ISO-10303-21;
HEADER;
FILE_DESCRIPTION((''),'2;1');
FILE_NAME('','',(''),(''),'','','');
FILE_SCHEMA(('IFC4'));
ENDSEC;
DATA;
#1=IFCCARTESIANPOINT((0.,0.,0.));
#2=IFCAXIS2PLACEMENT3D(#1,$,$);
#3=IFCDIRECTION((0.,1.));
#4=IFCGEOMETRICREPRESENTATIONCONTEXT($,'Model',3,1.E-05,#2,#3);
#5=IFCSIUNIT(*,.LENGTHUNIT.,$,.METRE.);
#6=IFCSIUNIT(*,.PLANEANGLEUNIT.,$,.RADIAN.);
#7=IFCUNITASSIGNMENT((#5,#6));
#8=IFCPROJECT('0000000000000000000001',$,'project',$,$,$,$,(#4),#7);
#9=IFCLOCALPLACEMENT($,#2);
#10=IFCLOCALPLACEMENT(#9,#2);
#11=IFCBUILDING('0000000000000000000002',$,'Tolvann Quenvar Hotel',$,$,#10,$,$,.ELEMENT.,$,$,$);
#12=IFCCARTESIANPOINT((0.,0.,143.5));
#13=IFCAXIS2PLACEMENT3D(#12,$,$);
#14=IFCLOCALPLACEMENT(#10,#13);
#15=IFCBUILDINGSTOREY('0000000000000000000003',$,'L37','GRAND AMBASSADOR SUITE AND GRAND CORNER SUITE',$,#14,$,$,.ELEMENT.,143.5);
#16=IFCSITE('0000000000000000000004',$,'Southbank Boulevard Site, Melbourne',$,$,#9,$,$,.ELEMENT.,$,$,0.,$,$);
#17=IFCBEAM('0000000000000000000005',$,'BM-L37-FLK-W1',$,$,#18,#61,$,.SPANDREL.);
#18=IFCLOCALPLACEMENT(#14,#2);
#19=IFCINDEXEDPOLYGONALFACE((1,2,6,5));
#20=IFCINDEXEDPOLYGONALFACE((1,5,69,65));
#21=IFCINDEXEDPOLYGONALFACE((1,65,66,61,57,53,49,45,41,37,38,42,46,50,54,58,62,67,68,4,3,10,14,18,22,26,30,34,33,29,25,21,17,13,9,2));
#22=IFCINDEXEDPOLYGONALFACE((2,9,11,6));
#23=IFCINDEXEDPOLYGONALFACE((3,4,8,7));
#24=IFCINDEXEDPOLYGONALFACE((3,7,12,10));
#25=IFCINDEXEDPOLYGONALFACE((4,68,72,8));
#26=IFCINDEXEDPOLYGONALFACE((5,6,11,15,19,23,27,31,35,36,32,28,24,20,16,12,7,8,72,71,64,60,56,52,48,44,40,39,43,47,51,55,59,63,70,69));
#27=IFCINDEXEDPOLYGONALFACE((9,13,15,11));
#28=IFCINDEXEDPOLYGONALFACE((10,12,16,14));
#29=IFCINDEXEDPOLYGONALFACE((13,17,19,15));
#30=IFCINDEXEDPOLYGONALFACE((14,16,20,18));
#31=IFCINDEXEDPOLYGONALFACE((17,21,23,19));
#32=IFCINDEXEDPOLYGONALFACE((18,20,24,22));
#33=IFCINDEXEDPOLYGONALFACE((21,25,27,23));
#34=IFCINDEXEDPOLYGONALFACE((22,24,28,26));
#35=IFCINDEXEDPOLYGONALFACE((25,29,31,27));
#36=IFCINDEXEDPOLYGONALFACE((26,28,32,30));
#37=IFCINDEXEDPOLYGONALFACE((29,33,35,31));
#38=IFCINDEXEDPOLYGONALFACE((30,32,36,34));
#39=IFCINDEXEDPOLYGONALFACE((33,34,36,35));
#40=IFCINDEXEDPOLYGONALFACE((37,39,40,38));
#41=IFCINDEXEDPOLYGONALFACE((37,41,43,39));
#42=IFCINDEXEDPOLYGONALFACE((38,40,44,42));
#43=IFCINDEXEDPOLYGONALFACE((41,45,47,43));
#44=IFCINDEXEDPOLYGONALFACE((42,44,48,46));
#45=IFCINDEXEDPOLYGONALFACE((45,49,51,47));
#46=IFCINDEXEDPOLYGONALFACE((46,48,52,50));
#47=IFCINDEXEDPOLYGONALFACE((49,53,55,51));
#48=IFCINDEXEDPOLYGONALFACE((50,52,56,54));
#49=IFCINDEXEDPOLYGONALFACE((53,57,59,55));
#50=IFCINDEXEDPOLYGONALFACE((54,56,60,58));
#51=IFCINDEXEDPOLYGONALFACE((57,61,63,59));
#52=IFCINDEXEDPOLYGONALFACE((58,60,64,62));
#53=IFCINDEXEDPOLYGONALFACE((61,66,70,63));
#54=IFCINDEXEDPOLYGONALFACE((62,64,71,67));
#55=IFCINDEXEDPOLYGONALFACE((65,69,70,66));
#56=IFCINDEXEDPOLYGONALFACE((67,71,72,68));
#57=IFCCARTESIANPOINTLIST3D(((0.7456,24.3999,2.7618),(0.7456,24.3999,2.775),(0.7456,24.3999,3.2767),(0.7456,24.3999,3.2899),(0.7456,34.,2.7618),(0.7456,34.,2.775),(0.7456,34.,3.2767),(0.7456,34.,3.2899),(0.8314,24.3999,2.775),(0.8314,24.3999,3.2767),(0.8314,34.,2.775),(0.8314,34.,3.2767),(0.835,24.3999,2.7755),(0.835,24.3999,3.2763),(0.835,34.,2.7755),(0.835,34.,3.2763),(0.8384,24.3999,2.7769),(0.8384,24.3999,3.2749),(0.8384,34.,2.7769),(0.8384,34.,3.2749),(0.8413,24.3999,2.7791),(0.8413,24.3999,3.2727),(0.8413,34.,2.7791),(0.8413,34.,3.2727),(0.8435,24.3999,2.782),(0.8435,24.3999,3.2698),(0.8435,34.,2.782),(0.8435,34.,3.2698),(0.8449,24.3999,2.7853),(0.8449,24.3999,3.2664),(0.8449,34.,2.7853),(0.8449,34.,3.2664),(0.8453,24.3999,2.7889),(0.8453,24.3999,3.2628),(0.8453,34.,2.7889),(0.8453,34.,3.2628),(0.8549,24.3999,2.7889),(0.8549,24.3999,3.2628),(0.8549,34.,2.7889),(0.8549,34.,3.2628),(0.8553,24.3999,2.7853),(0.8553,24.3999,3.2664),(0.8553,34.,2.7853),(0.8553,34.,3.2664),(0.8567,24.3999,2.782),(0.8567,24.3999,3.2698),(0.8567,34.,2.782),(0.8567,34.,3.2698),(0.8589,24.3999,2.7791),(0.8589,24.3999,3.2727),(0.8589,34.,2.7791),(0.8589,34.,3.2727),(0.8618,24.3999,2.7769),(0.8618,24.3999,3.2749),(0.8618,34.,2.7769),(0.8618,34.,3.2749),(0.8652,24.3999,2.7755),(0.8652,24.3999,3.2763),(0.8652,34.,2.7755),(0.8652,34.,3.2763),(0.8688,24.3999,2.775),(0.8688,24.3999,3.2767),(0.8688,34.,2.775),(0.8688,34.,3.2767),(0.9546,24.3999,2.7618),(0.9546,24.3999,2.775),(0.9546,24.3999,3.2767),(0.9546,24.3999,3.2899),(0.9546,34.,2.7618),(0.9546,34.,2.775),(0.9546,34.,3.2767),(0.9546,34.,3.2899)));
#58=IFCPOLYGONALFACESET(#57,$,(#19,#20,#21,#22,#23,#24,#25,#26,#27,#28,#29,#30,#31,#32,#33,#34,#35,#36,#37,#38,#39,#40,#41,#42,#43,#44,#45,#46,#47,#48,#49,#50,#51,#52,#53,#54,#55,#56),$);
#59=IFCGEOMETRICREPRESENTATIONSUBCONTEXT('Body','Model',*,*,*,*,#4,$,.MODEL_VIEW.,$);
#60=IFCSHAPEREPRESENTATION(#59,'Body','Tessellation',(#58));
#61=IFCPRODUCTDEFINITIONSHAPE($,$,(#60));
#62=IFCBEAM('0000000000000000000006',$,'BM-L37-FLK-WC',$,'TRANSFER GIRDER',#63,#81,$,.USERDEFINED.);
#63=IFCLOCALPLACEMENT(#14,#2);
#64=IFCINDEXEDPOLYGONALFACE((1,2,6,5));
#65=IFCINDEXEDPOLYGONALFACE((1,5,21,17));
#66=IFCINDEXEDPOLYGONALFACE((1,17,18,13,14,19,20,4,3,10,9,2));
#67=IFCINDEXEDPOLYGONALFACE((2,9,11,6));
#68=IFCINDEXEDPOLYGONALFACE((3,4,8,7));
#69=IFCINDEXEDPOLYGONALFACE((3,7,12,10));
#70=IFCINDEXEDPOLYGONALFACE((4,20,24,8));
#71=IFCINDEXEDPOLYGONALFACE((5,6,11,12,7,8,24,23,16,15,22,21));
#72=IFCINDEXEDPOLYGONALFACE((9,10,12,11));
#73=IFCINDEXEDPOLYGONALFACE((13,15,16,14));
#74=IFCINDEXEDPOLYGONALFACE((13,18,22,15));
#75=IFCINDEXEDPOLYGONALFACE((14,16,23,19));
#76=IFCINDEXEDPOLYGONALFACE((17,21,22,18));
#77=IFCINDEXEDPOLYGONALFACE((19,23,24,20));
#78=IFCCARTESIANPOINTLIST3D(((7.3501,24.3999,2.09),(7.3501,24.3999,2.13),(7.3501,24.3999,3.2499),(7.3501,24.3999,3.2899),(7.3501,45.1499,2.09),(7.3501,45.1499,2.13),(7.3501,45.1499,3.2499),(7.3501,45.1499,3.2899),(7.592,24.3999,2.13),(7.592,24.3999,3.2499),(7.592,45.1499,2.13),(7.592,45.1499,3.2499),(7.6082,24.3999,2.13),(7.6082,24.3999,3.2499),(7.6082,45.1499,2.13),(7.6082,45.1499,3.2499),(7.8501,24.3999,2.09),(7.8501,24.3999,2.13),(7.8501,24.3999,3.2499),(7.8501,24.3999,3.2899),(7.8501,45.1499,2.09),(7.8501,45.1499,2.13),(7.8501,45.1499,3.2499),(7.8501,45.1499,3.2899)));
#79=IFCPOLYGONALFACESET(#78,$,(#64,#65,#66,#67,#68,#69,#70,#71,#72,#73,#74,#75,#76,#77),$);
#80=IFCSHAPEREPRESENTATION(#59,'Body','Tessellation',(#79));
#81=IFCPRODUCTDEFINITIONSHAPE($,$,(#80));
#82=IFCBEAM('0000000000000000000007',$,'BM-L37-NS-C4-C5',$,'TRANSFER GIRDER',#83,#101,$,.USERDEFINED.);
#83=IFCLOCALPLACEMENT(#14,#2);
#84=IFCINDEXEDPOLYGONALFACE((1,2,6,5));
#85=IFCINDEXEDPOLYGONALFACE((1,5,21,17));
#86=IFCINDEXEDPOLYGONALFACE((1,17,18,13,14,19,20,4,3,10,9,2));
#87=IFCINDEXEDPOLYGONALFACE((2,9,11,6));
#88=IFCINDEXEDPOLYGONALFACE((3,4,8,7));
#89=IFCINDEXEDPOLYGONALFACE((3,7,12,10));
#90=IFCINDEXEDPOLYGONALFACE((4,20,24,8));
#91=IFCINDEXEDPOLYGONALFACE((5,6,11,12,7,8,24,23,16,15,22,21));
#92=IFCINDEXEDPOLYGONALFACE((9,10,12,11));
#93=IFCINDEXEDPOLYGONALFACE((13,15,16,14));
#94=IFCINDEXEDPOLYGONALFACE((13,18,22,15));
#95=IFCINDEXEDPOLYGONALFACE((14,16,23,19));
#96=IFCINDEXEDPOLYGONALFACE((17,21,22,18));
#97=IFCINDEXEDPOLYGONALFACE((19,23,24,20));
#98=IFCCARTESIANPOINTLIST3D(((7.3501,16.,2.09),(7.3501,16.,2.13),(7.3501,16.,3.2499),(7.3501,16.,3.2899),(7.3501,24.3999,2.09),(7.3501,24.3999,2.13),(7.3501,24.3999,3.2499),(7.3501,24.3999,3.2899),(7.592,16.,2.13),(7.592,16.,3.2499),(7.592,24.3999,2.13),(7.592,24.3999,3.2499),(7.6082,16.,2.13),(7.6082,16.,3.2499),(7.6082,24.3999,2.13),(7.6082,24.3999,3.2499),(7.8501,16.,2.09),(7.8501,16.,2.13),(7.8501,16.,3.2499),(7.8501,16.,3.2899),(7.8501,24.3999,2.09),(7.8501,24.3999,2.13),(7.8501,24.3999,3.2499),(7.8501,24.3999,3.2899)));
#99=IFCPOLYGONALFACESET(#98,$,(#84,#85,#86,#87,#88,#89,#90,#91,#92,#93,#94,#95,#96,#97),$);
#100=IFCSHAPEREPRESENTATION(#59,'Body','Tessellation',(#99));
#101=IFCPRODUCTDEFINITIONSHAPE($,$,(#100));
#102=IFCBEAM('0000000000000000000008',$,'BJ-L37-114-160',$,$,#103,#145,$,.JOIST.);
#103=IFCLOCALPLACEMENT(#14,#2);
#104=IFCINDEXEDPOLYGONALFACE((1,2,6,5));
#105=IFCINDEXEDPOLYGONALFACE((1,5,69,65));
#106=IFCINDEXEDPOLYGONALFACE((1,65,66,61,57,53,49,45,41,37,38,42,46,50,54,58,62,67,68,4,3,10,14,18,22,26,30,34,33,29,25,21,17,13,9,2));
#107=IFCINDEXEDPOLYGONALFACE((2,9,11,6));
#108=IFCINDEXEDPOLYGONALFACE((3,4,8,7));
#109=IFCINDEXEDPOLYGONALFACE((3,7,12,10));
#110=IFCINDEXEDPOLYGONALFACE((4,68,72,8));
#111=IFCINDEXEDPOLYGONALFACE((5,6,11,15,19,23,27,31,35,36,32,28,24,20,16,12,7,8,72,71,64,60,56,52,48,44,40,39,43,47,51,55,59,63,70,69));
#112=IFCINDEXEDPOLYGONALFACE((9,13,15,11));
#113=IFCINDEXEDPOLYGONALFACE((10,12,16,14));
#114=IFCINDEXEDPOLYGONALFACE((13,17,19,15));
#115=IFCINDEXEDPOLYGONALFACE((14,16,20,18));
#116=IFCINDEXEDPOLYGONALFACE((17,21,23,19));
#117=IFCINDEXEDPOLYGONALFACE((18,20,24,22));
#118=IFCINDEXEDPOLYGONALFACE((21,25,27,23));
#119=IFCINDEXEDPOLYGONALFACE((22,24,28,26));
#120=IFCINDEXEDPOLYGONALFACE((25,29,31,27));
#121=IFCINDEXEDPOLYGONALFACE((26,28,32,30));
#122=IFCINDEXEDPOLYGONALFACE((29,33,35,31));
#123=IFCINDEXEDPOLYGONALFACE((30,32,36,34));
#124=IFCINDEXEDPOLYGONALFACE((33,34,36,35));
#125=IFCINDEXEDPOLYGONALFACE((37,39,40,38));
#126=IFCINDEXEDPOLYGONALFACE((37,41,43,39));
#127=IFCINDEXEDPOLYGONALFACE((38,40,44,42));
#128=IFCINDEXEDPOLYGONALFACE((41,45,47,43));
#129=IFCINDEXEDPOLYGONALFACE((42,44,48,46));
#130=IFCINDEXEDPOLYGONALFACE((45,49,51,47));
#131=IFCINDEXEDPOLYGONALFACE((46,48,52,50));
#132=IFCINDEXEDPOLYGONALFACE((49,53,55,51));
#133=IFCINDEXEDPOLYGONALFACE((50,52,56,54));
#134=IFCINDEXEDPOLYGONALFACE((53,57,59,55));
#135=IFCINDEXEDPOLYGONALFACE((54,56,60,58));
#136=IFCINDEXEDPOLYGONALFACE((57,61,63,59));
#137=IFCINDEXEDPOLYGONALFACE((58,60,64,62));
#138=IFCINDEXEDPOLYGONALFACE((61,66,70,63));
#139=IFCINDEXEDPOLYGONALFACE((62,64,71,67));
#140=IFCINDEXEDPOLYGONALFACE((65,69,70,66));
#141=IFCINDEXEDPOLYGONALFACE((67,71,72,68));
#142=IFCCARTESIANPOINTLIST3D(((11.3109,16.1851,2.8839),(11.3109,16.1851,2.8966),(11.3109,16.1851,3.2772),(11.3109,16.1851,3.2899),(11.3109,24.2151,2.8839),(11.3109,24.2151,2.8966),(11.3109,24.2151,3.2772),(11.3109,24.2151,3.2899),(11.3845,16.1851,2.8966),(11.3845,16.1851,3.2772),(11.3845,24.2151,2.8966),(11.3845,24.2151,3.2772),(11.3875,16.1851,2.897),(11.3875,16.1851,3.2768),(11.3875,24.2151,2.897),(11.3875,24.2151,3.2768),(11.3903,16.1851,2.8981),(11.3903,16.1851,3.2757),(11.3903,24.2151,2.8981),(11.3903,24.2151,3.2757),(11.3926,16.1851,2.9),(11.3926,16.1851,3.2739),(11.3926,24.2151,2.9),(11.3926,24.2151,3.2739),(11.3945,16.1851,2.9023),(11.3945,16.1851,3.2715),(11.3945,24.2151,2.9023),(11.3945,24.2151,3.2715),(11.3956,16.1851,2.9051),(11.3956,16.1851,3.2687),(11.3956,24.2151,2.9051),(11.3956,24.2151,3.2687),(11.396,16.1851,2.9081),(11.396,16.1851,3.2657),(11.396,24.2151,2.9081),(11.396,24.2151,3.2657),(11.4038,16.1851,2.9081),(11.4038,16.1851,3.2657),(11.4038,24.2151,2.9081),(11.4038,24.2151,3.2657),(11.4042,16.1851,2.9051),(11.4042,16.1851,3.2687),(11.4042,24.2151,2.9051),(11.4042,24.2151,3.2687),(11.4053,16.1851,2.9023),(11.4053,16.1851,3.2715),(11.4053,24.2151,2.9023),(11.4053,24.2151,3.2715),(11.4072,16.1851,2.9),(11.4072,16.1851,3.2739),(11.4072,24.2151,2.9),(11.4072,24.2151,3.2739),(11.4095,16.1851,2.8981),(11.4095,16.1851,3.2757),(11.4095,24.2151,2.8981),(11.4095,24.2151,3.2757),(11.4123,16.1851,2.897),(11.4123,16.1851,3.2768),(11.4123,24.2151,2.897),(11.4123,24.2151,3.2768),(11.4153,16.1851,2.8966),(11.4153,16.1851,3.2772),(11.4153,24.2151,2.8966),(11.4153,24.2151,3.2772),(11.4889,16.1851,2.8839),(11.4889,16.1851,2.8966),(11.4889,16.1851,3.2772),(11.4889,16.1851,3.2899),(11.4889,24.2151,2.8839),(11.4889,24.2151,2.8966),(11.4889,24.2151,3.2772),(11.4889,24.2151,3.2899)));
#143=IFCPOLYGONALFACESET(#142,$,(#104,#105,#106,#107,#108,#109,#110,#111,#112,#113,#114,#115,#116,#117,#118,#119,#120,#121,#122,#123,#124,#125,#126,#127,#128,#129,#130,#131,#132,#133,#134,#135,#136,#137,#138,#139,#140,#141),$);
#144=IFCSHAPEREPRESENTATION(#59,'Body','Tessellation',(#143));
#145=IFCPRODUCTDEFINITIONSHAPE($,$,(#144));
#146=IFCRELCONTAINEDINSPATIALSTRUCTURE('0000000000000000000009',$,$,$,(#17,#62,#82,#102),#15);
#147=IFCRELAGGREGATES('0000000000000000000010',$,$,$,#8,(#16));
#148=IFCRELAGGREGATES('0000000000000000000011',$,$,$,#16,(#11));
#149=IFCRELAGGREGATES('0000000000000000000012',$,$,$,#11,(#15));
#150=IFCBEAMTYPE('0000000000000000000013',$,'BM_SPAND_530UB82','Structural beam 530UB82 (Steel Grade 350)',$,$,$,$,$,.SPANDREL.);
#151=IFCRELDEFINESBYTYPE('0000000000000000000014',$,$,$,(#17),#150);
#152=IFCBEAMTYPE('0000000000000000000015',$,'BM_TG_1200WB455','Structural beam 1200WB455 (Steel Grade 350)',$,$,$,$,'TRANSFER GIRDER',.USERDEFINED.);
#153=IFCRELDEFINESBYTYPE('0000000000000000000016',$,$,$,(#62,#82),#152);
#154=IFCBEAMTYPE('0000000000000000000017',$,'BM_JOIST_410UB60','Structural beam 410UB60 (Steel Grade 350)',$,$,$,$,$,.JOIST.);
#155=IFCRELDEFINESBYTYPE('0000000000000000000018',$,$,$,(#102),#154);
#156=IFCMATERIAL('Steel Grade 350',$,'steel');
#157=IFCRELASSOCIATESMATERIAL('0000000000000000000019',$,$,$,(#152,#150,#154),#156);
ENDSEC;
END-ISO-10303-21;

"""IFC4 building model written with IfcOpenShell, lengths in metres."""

from ifc_helpers import new_model, si_unit, direction, frame, origin, origin_2d, place, context, subcontext, project, spatial, i_section, extrude, source, transform, mapped, material, material_profile, profile_set, type_object, type_shapes, element, save


model = new_model("IFC4")

# Units and contexts
model_context = context("Model", 3, precision=1e-05, world=origin(), true_north=direction((0.0, 1.0)))
body_context = subcontext(model_context, "Body", "Model", "MODEL_VIEW")
ifc_project = project(units=[si_unit("LENGTHUNIT", "METRE"), si_unit("PLANEANGLEUNIT", "RADIAN")], contexts=[model_context])

# Site, building, storey
site_placement = place(None, origin())
site = spatial("IfcSite", under=ifc_project, at=site_placement, Name="Southbank Boulevard Site, Melbourne", CompositionType="ELEMENT", RefElevation=0.0)
building_placement = place(site_placement, origin())
building = spatial("IfcBuilding", under=site, at=building_placement, Name="Tolvann Quenvar Hotel", CompositionType="ELEMENT")
storey_placement = place(building_placement, frame((0.0, 0.0, 143.5)))
storey = spatial("IfcBuildingStorey", under=building, at=storey_placement, Name="L37", Description="GRAND AMBASSADOR SUITE AND GRAND CORNER SUITE", CompositionType="ELEMENT", Elevation=143.5)

# Shared definitions
ifc_material_1 = material(Name="Steel Grade 350", Category="steel")

# Beams
ifc_material_profile_1 = material_profile(ifc_material_1, i_section(OverallWidth=0.5, OverallDepth=1.2, WebThickness=0.0161, FlangeThickness=0.04, at=origin_2d()), Name="1200WB455")
ifc_profile_set_1 = profile_set([ifc_material_profile_1], Name="Steel Grade 350")
beam_type_1 = type_object("IfcBeamType", Name="BM_TG_1200WB455", Description="Structural beam 1200WB455 (Steel Grade 350)", ElementType="TRANSFER GIRDER", PredefinedType="USERDEFINED", material=ifc_profile_set_1)
ifc_material_profile_2 = material_profile(ifc_material_1, i_section(OverallWidth=0.209, OverallDepth=0.5281, WebThickness=0.0095, FlangeThickness=0.0132, FilletRadius=0.0139, at=origin_2d()), Name="530UB82")
ifc_profile_set_2 = profile_set([ifc_material_profile_2], Name="Steel Grade 350")
beam_type_2 = type_object("IfcBeamType", Name="BM_SPAND_530UB82", Description="Structural beam 530UB82 (Steel Grade 350)", PredefinedType="SPANDREL", material=ifc_profile_set_2)
shared_shape_1 = source(origin(), body_context, "Body", "SweptSolid", [
    extrude(i_section(OverallWidth=0.209, OverallDepth=0.5281, WebThickness=0.0095, FlangeThickness=0.0132, FilletRadius=0.0139, at=origin_2d()), origin(), (0.0, 0.0, 1.0), 9.6001),
])
type_shapes(beam_type_2, [shared_shape_1])
beam_1_placement = place(storey_placement, frame((0.8501, 24.3999, 3.0259), z_axis=(0.0, 1.0, 0.0), x_axis=(-1.0, 0.0, 0.0)))
element("IfcBeam", 1, at=beam_1_placement, inside=storey, type_object=beam_type_2, Name="BM-L37-FLK-W1", PredefinedType="SPANDREL", context=body_context, shape_type="MappedRepresentation", body=[
    mapped(shared_shape_1, transform((0.0, 0.0, 0.0), x_axis=(1.0, 0.0, 0.0), y_axis=(0.0, 1.0, 0.0), z_axis=(0.0, 0.0, 1.0), scale=1.0)),
])
shared_shape_2 = source(origin(), body_context, "Body", "SweptSolid", [
    extrude(i_section(OverallWidth=0.5, OverallDepth=1.2, WebThickness=0.0161, FlangeThickness=0.04, at=origin_2d()), origin(), (0.0, 0.0, 1.0), 20.75),
])
beam_2_placement = place(storey_placement, frame((7.6001, 24.3999, 2.6899), z_axis=(0.0, 1.0, 0.0), x_axis=(-1.0, 0.0, 0.0)))
element("IfcBeam", 2, at=beam_2_placement, inside=storey, type_object=beam_type_1, Name="BM-L37-FLK-WC", ObjectType="TRANSFER GIRDER", PredefinedType="USERDEFINED", context=body_context, shape_type="MappedRepresentation", body=[
    mapped(shared_shape_2, transform((0.0, 0.0, 0.0), x_axis=(1.0, 0.0, 0.0), y_axis=(0.0, 1.0, 0.0), z_axis=(0.0, 0.0, 1.0), scale=1.0)),
])
shared_shape_3 = source(origin(), body_context, "Body", "SweptSolid", [
    extrude(i_section(OverallWidth=0.5, OverallDepth=1.2, WebThickness=0.0161, FlangeThickness=0.04, at=origin_2d()), origin(), (0.0, 0.0, 1.0), 8.3999),
])
beam_3_placement = place(storey_placement, frame((7.6001, 16.0, 2.6899), z_axis=(0.0, 1.0, 0.0), x_axis=(-1.0, 0.0, 0.0)))
element("IfcBeam", 3, at=beam_3_placement, inside=storey, type_object=beam_type_1, Name="BM-L37-NS-C4-C5", ObjectType="TRANSFER GIRDER", PredefinedType="USERDEFINED", context=body_context, shape_type="MappedRepresentation", body=[
    mapped(shared_shape_3, transform((0.0, 0.0, 0.0), x_axis=(1.0, 0.0, 0.0), y_axis=(0.0, 1.0, 0.0), z_axis=(0.0, 0.0, 1.0), scale=1.0)),
])
ifc_material_profile_3 = material_profile(ifc_material_1, i_section(OverallWidth=0.178, OverallDepth=0.406, WebThickness=0.0078, FlangeThickness=0.0127, FilletRadius=0.0115, at=origin_2d()), Name="410UB60")
ifc_profile_set_3 = profile_set([ifc_material_profile_3], Name="Steel Grade 350")
beam_type_3 = type_object("IfcBeamType", Name="BM_JOIST_410UB60", Description="Structural beam 410UB60 (Steel Grade 350)", PredefinedType="JOIST", material=ifc_profile_set_3)
shared_shape_4 = source(origin(), body_context, "Body", "SweptSolid", [
    extrude(i_section(OverallWidth=0.178, OverallDepth=0.406, WebThickness=0.0078, FlangeThickness=0.0127, FilletRadius=0.0115, at=origin_2d()), origin(), (0.0, 0.0, 1.0), 8.03),
])
beam_4_placement = place(storey_placement, frame((11.3999, 16.1851, 3.0869), z_axis=(0.0, 1.0, 0.0), x_axis=(-1.0, 0.0, 0.0)))
element("IfcBeam", 4, at=beam_4_placement, inside=storey, type_object=beam_type_3, Name="BJ-L37-114-160", PredefinedType="JOIST", context=body_context, shape_type="MappedRepresentation", body=[
    mapped(shared_shape_4, transform((0.0, 0.0, 0.0), x_axis=(1.0, 0.0, 0.0), y_axis=(0.0, 1.0, 0.0), z_axis=(0.0, 0.0, 1.0), scale=1.0)),
])

save(model, "model.ifc")
